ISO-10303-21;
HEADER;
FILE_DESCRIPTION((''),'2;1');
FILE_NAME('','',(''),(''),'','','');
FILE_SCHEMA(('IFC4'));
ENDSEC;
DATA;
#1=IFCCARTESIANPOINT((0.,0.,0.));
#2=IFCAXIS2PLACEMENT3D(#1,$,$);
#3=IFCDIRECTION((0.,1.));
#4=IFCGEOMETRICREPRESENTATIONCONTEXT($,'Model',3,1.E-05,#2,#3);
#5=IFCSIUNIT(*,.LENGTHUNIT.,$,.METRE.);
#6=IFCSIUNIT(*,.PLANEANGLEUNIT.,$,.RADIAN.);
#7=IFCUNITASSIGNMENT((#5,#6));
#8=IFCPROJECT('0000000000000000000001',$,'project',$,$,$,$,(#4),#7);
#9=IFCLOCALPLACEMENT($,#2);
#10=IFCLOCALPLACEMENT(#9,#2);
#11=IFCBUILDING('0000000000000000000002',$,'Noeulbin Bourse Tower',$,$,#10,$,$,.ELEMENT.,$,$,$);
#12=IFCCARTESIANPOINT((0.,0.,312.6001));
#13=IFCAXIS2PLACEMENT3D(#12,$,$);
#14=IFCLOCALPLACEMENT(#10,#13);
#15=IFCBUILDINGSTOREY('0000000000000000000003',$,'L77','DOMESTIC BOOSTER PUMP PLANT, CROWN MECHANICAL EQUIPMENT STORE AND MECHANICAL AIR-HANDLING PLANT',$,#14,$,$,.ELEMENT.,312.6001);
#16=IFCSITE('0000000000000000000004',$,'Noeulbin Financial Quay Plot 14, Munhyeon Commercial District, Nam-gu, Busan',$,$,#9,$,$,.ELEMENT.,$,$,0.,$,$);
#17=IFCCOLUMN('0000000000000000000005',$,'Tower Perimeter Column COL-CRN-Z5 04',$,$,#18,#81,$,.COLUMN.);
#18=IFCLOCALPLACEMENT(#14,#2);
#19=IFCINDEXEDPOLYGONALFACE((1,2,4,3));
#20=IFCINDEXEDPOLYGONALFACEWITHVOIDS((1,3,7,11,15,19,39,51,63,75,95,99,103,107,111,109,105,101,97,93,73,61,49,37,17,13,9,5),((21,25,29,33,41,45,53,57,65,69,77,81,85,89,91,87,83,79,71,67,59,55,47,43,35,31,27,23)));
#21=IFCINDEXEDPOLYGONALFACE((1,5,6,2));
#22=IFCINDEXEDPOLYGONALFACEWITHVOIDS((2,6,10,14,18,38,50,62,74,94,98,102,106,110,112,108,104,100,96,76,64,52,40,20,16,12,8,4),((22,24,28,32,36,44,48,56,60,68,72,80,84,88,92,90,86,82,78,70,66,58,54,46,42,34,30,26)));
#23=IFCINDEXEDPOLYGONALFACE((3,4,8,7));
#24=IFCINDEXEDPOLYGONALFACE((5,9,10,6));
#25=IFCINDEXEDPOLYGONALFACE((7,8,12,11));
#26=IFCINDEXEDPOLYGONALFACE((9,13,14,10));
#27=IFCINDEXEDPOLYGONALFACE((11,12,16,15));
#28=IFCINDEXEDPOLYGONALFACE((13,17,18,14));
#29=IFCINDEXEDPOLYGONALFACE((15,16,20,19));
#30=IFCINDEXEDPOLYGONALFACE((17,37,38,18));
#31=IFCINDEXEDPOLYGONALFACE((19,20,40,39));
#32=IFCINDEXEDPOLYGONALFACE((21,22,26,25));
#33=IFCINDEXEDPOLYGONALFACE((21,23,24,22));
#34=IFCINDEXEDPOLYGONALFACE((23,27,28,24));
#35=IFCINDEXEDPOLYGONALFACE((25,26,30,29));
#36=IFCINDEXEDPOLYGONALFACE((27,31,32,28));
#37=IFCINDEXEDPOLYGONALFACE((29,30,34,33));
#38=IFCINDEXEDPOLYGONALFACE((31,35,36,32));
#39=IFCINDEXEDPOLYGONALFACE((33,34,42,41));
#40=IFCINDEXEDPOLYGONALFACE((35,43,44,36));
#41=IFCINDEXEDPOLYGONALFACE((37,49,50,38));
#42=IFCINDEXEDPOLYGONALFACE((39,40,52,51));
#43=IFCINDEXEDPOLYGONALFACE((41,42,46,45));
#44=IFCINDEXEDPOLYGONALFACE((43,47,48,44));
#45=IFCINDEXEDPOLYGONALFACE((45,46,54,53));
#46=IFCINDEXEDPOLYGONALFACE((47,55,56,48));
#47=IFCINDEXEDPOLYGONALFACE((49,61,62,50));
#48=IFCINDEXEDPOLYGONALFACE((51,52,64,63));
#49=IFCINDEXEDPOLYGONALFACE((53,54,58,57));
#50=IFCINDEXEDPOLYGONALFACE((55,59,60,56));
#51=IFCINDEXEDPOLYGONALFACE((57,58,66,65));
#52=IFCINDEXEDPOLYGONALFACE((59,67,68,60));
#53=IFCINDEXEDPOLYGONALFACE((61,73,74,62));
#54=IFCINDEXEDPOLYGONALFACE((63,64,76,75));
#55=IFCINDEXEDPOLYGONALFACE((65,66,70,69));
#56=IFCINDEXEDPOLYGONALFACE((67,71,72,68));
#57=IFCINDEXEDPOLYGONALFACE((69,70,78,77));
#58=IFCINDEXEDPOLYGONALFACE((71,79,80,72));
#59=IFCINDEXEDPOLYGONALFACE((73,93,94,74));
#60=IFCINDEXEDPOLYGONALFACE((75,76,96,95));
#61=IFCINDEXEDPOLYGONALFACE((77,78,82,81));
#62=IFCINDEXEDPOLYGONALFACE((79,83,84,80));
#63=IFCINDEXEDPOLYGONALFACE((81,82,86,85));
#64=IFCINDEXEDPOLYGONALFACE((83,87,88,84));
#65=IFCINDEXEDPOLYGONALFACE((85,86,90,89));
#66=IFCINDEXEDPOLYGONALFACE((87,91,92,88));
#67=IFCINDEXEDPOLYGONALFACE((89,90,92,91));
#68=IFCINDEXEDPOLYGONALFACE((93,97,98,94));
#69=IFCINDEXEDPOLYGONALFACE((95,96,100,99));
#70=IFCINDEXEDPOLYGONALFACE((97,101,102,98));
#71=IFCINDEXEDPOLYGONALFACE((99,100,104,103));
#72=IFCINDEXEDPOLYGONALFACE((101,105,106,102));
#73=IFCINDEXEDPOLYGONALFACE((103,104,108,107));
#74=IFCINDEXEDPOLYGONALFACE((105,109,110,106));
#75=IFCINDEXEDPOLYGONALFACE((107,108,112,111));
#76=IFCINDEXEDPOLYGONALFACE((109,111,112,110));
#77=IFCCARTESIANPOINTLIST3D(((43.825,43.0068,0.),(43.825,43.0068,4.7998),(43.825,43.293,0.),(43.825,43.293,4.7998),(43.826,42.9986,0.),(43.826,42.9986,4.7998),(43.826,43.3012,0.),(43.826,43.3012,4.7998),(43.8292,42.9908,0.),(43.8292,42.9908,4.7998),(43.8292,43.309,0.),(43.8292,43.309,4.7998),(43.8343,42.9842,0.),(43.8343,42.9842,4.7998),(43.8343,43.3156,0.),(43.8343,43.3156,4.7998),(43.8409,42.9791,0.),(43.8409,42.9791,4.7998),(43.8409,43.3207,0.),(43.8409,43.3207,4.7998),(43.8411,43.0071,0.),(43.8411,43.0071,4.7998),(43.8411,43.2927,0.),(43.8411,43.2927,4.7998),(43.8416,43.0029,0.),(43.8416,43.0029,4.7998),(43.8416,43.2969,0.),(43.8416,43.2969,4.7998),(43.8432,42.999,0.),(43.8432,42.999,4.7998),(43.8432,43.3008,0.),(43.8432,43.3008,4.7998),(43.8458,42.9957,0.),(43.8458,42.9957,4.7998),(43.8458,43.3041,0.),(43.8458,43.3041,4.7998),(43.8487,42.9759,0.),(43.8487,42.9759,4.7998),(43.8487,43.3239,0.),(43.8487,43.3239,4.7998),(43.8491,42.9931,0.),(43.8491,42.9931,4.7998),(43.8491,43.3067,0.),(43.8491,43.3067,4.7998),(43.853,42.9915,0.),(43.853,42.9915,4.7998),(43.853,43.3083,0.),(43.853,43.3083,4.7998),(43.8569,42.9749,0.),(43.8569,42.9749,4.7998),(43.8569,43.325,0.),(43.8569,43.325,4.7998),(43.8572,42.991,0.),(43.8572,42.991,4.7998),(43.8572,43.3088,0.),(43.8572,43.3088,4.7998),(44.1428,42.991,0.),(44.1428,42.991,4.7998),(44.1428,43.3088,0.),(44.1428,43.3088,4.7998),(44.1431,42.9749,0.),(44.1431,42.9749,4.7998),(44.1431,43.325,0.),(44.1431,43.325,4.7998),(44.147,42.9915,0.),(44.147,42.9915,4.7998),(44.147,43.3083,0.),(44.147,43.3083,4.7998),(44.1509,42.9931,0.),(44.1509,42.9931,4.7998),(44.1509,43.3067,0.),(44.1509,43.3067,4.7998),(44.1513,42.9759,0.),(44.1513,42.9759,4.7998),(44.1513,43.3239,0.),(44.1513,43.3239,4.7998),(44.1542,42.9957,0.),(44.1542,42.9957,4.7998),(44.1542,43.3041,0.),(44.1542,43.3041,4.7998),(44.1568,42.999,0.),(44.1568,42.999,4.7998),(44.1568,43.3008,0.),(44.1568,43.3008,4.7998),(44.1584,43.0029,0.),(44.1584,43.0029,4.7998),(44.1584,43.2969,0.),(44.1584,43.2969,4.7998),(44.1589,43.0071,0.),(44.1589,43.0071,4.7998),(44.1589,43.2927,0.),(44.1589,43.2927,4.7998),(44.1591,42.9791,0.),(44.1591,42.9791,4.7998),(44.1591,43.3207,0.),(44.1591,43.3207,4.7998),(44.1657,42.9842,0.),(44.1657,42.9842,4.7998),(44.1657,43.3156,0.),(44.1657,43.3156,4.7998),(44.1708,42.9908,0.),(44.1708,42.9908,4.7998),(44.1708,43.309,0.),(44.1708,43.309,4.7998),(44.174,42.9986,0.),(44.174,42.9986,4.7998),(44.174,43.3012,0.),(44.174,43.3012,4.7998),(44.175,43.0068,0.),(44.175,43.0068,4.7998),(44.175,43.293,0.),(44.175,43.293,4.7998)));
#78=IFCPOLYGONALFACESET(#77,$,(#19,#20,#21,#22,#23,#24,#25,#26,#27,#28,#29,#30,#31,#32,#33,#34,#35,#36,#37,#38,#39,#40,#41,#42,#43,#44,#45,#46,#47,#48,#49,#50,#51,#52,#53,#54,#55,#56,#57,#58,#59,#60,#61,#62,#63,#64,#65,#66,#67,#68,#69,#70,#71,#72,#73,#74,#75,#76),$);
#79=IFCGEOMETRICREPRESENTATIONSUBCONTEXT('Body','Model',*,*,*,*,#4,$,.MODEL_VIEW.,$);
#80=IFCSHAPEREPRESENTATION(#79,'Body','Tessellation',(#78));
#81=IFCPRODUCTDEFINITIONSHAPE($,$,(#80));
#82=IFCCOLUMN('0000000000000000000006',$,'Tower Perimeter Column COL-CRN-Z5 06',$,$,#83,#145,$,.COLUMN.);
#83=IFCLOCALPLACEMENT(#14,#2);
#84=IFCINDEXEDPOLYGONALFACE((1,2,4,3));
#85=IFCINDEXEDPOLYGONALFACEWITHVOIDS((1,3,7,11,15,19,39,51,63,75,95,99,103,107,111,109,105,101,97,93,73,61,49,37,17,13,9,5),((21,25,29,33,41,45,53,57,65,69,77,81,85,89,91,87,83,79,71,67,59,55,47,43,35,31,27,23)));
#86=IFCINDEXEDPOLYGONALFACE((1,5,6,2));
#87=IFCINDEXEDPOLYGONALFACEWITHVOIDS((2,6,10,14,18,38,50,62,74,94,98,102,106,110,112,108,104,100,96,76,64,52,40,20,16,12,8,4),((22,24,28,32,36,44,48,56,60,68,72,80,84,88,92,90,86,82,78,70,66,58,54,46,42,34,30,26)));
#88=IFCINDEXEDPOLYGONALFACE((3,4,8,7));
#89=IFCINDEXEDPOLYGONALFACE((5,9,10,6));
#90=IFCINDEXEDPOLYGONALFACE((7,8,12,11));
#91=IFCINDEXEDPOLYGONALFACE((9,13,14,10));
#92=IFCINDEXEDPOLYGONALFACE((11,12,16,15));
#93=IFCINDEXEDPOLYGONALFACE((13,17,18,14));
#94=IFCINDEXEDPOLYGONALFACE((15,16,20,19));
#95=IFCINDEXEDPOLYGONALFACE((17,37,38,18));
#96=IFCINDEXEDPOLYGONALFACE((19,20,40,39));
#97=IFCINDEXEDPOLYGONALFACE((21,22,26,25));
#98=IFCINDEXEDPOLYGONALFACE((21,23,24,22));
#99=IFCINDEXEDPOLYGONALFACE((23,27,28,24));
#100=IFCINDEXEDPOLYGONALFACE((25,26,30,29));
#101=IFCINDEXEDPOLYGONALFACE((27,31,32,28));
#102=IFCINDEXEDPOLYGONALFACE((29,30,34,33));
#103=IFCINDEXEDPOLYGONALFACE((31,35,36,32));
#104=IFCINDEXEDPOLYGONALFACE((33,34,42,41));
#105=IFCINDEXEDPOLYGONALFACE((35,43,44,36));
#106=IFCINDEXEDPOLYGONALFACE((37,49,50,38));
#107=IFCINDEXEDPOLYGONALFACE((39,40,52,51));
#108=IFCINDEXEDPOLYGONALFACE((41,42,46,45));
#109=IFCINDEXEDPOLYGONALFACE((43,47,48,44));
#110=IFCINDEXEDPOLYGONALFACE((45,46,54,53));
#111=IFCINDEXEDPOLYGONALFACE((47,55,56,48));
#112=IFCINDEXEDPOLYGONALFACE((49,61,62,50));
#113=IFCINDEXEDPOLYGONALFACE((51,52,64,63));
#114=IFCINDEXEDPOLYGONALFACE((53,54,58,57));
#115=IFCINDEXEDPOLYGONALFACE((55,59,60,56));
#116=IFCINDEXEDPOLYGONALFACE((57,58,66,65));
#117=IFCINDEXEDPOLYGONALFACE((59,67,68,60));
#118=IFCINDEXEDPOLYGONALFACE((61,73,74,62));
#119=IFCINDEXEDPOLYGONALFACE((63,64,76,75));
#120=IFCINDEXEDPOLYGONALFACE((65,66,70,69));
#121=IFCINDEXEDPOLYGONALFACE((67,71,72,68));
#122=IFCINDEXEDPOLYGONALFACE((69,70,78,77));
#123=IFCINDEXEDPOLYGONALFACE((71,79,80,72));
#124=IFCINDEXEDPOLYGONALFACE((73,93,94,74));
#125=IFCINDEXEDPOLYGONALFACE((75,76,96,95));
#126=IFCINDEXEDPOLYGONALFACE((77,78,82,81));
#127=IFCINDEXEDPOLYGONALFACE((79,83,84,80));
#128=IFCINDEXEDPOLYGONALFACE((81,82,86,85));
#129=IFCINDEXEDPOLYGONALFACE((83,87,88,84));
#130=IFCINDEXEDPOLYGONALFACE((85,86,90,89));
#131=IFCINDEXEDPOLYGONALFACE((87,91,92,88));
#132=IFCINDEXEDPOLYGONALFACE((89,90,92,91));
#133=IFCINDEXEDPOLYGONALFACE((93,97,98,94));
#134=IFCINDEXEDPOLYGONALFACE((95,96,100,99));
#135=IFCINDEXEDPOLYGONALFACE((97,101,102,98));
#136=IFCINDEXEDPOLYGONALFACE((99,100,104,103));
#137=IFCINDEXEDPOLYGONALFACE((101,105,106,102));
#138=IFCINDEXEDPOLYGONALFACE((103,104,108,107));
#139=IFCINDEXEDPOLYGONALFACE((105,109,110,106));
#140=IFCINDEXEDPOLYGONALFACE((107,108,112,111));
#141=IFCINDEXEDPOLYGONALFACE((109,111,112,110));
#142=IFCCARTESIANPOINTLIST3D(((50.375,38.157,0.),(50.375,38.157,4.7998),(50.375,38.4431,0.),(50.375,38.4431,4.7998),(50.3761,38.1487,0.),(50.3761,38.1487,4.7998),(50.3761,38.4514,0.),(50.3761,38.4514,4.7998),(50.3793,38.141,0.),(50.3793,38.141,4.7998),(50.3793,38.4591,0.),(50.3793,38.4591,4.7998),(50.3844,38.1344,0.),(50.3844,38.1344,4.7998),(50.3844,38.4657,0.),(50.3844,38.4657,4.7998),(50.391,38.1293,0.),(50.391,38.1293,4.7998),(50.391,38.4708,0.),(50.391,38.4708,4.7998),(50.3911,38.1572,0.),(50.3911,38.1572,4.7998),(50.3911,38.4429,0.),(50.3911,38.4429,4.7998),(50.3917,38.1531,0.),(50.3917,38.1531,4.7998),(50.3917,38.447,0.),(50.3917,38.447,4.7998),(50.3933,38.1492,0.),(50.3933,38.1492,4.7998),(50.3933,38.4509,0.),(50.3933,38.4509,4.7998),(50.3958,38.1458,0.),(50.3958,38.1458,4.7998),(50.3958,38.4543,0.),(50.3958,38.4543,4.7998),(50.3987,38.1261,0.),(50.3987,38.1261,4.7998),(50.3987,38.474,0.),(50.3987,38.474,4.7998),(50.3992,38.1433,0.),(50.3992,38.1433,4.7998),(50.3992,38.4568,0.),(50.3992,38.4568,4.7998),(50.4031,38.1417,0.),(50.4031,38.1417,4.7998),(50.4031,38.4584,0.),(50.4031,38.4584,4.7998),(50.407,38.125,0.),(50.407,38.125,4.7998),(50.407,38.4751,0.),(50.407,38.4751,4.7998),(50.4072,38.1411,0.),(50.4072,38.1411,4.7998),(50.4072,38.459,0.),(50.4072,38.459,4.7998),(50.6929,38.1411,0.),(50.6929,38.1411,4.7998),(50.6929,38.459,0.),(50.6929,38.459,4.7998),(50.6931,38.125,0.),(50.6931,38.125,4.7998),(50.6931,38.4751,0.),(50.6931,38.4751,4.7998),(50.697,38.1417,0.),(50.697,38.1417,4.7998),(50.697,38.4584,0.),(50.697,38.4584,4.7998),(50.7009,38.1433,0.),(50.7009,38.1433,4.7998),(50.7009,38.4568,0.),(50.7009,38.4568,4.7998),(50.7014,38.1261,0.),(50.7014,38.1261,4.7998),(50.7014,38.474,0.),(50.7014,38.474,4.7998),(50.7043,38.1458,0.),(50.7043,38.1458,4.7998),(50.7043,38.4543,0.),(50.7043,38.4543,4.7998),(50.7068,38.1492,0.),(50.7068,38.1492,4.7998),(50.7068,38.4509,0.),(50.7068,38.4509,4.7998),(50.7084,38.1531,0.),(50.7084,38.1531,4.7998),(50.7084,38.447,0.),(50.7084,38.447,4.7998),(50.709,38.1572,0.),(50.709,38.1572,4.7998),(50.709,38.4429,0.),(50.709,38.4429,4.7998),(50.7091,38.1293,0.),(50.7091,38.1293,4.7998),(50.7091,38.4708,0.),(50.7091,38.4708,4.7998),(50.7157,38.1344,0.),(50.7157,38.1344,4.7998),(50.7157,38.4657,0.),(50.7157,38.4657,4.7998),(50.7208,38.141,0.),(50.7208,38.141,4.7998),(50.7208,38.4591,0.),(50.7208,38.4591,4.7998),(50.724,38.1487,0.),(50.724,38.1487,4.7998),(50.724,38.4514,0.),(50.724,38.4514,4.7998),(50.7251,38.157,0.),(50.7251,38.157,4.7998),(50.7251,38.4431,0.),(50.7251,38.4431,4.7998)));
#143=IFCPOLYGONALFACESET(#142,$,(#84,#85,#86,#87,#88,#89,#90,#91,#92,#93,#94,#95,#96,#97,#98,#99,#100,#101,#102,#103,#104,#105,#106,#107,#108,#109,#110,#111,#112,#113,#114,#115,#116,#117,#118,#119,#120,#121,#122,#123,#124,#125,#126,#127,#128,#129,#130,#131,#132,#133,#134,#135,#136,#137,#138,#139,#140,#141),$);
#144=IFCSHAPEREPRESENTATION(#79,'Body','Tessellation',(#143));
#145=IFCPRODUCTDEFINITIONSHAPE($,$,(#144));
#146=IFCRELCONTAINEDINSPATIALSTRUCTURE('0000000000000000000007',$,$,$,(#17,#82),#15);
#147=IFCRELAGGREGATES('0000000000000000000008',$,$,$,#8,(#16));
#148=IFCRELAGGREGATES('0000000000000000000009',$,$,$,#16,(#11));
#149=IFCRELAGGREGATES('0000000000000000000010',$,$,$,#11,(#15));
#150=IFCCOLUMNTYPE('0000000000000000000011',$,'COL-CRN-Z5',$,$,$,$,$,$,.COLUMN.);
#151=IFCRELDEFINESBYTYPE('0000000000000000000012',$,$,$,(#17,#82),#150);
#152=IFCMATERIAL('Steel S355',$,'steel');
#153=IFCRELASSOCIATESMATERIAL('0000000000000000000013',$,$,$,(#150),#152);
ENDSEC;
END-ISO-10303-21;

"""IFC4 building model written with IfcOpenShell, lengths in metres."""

from ifc_helpers import new_model, si_unit, direction, frame, origin, origin_2d, place, context, subcontext, project, spatial, hollow_rectangle, extrude, material, material_profile, profile_set, type_object, element, save


model = new_model("IFC4")

# Units and contexts
model_context = context("Model", 3, precision=1e-05, world=origin(), true_north=direction((0.0, 1.0)))
body_context = subcontext(model_context, "Body", "Model", "MODEL_VIEW")
ifc_project = project(units=[si_unit("LENGTHUNIT", "METRE"), si_unit("PLANEANGLEUNIT", "RADIAN")], contexts=[model_context])

# Site, building, storey
site_placement = place(None, origin())
site = spatial("IfcSite", under=ifc_project, at=site_placement, Name="Noeulbin Financial Quay Plot 14, Munhyeon Commercial District, Nam-gu, Busan", CompositionType="ELEMENT", RefElevation=0.0)
building_placement = place(site_placement, origin())
building = spatial("IfcBuilding", under=site, at=building_placement, Name="Noeulbin Bourse Tower", CompositionType="ELEMENT")
storey_placement = place(building_placement, frame((0.0, 0.0, 312.6001)))
storey = spatial("IfcBuildingStorey", under=building, at=storey_placement, Name="L77", Description="DOMESTIC BOOSTER PUMP PLANT, CROWN MECHANICAL EQUIPMENT STORE AND MECHANICAL AIR-HANDLING PLANT", CompositionType="ELEMENT", Elevation=312.6001)

# Columns
ifc_material_1 = material(Name="Steel S355", Category="steel")
ifc_material_profile_1 = material_profile(ifc_material_1, hollow_rectangle(XDim=0.3501, YDim=0.3501, WallThickness=0.0161, InnerFilletRadius=0.0161, OuterFilletRadius=0.032, at=origin_2d()), Name="SHS-350x350x16", Category="LoadBearing")
ifc_profile_set_1 = profile_set([ifc_material_profile_1], Name="Steel S355")
column_type_1 = type_object("IfcColumnType", Name="COL-CRN-Z5", PredefinedType="COLUMN", material=ifc_profile_set_1)
for number, where, z_axis, x_axis, name in (
    (1, (44.0, 43.1499, 0.0), (0.0, 0.0, 1.0), (1.0, 0.0, 0.0), "Tower Perimeter Column COL-CRN-Z5 04"),
    (2, (50.55, 38.3, 0.0), (0.0, 0.0, 1.0), (1.0, 0.0, 0.0), "Tower Perimeter Column COL-CRN-Z5 06"),
):
    element("IfcColumn", number, at=place(storey_placement, frame(where, z_axis=z_axis, x_axis=x_axis)), inside=storey, type_object=column_type_1, Name=name, PredefinedType="COLUMN", context=body_context, shape_type="SweptSolid", body=[
        extrude(hollow_rectangle(XDim=0.3501, YDim=0.3501, WallThickness=0.0161, InnerFilletRadius=0.0161, OuterFilletRadius=0.032, at=origin_2d()), origin(), (0.0, 0.0, 1.0), 4.7998),
    ])

save(model, "model.ifc")
